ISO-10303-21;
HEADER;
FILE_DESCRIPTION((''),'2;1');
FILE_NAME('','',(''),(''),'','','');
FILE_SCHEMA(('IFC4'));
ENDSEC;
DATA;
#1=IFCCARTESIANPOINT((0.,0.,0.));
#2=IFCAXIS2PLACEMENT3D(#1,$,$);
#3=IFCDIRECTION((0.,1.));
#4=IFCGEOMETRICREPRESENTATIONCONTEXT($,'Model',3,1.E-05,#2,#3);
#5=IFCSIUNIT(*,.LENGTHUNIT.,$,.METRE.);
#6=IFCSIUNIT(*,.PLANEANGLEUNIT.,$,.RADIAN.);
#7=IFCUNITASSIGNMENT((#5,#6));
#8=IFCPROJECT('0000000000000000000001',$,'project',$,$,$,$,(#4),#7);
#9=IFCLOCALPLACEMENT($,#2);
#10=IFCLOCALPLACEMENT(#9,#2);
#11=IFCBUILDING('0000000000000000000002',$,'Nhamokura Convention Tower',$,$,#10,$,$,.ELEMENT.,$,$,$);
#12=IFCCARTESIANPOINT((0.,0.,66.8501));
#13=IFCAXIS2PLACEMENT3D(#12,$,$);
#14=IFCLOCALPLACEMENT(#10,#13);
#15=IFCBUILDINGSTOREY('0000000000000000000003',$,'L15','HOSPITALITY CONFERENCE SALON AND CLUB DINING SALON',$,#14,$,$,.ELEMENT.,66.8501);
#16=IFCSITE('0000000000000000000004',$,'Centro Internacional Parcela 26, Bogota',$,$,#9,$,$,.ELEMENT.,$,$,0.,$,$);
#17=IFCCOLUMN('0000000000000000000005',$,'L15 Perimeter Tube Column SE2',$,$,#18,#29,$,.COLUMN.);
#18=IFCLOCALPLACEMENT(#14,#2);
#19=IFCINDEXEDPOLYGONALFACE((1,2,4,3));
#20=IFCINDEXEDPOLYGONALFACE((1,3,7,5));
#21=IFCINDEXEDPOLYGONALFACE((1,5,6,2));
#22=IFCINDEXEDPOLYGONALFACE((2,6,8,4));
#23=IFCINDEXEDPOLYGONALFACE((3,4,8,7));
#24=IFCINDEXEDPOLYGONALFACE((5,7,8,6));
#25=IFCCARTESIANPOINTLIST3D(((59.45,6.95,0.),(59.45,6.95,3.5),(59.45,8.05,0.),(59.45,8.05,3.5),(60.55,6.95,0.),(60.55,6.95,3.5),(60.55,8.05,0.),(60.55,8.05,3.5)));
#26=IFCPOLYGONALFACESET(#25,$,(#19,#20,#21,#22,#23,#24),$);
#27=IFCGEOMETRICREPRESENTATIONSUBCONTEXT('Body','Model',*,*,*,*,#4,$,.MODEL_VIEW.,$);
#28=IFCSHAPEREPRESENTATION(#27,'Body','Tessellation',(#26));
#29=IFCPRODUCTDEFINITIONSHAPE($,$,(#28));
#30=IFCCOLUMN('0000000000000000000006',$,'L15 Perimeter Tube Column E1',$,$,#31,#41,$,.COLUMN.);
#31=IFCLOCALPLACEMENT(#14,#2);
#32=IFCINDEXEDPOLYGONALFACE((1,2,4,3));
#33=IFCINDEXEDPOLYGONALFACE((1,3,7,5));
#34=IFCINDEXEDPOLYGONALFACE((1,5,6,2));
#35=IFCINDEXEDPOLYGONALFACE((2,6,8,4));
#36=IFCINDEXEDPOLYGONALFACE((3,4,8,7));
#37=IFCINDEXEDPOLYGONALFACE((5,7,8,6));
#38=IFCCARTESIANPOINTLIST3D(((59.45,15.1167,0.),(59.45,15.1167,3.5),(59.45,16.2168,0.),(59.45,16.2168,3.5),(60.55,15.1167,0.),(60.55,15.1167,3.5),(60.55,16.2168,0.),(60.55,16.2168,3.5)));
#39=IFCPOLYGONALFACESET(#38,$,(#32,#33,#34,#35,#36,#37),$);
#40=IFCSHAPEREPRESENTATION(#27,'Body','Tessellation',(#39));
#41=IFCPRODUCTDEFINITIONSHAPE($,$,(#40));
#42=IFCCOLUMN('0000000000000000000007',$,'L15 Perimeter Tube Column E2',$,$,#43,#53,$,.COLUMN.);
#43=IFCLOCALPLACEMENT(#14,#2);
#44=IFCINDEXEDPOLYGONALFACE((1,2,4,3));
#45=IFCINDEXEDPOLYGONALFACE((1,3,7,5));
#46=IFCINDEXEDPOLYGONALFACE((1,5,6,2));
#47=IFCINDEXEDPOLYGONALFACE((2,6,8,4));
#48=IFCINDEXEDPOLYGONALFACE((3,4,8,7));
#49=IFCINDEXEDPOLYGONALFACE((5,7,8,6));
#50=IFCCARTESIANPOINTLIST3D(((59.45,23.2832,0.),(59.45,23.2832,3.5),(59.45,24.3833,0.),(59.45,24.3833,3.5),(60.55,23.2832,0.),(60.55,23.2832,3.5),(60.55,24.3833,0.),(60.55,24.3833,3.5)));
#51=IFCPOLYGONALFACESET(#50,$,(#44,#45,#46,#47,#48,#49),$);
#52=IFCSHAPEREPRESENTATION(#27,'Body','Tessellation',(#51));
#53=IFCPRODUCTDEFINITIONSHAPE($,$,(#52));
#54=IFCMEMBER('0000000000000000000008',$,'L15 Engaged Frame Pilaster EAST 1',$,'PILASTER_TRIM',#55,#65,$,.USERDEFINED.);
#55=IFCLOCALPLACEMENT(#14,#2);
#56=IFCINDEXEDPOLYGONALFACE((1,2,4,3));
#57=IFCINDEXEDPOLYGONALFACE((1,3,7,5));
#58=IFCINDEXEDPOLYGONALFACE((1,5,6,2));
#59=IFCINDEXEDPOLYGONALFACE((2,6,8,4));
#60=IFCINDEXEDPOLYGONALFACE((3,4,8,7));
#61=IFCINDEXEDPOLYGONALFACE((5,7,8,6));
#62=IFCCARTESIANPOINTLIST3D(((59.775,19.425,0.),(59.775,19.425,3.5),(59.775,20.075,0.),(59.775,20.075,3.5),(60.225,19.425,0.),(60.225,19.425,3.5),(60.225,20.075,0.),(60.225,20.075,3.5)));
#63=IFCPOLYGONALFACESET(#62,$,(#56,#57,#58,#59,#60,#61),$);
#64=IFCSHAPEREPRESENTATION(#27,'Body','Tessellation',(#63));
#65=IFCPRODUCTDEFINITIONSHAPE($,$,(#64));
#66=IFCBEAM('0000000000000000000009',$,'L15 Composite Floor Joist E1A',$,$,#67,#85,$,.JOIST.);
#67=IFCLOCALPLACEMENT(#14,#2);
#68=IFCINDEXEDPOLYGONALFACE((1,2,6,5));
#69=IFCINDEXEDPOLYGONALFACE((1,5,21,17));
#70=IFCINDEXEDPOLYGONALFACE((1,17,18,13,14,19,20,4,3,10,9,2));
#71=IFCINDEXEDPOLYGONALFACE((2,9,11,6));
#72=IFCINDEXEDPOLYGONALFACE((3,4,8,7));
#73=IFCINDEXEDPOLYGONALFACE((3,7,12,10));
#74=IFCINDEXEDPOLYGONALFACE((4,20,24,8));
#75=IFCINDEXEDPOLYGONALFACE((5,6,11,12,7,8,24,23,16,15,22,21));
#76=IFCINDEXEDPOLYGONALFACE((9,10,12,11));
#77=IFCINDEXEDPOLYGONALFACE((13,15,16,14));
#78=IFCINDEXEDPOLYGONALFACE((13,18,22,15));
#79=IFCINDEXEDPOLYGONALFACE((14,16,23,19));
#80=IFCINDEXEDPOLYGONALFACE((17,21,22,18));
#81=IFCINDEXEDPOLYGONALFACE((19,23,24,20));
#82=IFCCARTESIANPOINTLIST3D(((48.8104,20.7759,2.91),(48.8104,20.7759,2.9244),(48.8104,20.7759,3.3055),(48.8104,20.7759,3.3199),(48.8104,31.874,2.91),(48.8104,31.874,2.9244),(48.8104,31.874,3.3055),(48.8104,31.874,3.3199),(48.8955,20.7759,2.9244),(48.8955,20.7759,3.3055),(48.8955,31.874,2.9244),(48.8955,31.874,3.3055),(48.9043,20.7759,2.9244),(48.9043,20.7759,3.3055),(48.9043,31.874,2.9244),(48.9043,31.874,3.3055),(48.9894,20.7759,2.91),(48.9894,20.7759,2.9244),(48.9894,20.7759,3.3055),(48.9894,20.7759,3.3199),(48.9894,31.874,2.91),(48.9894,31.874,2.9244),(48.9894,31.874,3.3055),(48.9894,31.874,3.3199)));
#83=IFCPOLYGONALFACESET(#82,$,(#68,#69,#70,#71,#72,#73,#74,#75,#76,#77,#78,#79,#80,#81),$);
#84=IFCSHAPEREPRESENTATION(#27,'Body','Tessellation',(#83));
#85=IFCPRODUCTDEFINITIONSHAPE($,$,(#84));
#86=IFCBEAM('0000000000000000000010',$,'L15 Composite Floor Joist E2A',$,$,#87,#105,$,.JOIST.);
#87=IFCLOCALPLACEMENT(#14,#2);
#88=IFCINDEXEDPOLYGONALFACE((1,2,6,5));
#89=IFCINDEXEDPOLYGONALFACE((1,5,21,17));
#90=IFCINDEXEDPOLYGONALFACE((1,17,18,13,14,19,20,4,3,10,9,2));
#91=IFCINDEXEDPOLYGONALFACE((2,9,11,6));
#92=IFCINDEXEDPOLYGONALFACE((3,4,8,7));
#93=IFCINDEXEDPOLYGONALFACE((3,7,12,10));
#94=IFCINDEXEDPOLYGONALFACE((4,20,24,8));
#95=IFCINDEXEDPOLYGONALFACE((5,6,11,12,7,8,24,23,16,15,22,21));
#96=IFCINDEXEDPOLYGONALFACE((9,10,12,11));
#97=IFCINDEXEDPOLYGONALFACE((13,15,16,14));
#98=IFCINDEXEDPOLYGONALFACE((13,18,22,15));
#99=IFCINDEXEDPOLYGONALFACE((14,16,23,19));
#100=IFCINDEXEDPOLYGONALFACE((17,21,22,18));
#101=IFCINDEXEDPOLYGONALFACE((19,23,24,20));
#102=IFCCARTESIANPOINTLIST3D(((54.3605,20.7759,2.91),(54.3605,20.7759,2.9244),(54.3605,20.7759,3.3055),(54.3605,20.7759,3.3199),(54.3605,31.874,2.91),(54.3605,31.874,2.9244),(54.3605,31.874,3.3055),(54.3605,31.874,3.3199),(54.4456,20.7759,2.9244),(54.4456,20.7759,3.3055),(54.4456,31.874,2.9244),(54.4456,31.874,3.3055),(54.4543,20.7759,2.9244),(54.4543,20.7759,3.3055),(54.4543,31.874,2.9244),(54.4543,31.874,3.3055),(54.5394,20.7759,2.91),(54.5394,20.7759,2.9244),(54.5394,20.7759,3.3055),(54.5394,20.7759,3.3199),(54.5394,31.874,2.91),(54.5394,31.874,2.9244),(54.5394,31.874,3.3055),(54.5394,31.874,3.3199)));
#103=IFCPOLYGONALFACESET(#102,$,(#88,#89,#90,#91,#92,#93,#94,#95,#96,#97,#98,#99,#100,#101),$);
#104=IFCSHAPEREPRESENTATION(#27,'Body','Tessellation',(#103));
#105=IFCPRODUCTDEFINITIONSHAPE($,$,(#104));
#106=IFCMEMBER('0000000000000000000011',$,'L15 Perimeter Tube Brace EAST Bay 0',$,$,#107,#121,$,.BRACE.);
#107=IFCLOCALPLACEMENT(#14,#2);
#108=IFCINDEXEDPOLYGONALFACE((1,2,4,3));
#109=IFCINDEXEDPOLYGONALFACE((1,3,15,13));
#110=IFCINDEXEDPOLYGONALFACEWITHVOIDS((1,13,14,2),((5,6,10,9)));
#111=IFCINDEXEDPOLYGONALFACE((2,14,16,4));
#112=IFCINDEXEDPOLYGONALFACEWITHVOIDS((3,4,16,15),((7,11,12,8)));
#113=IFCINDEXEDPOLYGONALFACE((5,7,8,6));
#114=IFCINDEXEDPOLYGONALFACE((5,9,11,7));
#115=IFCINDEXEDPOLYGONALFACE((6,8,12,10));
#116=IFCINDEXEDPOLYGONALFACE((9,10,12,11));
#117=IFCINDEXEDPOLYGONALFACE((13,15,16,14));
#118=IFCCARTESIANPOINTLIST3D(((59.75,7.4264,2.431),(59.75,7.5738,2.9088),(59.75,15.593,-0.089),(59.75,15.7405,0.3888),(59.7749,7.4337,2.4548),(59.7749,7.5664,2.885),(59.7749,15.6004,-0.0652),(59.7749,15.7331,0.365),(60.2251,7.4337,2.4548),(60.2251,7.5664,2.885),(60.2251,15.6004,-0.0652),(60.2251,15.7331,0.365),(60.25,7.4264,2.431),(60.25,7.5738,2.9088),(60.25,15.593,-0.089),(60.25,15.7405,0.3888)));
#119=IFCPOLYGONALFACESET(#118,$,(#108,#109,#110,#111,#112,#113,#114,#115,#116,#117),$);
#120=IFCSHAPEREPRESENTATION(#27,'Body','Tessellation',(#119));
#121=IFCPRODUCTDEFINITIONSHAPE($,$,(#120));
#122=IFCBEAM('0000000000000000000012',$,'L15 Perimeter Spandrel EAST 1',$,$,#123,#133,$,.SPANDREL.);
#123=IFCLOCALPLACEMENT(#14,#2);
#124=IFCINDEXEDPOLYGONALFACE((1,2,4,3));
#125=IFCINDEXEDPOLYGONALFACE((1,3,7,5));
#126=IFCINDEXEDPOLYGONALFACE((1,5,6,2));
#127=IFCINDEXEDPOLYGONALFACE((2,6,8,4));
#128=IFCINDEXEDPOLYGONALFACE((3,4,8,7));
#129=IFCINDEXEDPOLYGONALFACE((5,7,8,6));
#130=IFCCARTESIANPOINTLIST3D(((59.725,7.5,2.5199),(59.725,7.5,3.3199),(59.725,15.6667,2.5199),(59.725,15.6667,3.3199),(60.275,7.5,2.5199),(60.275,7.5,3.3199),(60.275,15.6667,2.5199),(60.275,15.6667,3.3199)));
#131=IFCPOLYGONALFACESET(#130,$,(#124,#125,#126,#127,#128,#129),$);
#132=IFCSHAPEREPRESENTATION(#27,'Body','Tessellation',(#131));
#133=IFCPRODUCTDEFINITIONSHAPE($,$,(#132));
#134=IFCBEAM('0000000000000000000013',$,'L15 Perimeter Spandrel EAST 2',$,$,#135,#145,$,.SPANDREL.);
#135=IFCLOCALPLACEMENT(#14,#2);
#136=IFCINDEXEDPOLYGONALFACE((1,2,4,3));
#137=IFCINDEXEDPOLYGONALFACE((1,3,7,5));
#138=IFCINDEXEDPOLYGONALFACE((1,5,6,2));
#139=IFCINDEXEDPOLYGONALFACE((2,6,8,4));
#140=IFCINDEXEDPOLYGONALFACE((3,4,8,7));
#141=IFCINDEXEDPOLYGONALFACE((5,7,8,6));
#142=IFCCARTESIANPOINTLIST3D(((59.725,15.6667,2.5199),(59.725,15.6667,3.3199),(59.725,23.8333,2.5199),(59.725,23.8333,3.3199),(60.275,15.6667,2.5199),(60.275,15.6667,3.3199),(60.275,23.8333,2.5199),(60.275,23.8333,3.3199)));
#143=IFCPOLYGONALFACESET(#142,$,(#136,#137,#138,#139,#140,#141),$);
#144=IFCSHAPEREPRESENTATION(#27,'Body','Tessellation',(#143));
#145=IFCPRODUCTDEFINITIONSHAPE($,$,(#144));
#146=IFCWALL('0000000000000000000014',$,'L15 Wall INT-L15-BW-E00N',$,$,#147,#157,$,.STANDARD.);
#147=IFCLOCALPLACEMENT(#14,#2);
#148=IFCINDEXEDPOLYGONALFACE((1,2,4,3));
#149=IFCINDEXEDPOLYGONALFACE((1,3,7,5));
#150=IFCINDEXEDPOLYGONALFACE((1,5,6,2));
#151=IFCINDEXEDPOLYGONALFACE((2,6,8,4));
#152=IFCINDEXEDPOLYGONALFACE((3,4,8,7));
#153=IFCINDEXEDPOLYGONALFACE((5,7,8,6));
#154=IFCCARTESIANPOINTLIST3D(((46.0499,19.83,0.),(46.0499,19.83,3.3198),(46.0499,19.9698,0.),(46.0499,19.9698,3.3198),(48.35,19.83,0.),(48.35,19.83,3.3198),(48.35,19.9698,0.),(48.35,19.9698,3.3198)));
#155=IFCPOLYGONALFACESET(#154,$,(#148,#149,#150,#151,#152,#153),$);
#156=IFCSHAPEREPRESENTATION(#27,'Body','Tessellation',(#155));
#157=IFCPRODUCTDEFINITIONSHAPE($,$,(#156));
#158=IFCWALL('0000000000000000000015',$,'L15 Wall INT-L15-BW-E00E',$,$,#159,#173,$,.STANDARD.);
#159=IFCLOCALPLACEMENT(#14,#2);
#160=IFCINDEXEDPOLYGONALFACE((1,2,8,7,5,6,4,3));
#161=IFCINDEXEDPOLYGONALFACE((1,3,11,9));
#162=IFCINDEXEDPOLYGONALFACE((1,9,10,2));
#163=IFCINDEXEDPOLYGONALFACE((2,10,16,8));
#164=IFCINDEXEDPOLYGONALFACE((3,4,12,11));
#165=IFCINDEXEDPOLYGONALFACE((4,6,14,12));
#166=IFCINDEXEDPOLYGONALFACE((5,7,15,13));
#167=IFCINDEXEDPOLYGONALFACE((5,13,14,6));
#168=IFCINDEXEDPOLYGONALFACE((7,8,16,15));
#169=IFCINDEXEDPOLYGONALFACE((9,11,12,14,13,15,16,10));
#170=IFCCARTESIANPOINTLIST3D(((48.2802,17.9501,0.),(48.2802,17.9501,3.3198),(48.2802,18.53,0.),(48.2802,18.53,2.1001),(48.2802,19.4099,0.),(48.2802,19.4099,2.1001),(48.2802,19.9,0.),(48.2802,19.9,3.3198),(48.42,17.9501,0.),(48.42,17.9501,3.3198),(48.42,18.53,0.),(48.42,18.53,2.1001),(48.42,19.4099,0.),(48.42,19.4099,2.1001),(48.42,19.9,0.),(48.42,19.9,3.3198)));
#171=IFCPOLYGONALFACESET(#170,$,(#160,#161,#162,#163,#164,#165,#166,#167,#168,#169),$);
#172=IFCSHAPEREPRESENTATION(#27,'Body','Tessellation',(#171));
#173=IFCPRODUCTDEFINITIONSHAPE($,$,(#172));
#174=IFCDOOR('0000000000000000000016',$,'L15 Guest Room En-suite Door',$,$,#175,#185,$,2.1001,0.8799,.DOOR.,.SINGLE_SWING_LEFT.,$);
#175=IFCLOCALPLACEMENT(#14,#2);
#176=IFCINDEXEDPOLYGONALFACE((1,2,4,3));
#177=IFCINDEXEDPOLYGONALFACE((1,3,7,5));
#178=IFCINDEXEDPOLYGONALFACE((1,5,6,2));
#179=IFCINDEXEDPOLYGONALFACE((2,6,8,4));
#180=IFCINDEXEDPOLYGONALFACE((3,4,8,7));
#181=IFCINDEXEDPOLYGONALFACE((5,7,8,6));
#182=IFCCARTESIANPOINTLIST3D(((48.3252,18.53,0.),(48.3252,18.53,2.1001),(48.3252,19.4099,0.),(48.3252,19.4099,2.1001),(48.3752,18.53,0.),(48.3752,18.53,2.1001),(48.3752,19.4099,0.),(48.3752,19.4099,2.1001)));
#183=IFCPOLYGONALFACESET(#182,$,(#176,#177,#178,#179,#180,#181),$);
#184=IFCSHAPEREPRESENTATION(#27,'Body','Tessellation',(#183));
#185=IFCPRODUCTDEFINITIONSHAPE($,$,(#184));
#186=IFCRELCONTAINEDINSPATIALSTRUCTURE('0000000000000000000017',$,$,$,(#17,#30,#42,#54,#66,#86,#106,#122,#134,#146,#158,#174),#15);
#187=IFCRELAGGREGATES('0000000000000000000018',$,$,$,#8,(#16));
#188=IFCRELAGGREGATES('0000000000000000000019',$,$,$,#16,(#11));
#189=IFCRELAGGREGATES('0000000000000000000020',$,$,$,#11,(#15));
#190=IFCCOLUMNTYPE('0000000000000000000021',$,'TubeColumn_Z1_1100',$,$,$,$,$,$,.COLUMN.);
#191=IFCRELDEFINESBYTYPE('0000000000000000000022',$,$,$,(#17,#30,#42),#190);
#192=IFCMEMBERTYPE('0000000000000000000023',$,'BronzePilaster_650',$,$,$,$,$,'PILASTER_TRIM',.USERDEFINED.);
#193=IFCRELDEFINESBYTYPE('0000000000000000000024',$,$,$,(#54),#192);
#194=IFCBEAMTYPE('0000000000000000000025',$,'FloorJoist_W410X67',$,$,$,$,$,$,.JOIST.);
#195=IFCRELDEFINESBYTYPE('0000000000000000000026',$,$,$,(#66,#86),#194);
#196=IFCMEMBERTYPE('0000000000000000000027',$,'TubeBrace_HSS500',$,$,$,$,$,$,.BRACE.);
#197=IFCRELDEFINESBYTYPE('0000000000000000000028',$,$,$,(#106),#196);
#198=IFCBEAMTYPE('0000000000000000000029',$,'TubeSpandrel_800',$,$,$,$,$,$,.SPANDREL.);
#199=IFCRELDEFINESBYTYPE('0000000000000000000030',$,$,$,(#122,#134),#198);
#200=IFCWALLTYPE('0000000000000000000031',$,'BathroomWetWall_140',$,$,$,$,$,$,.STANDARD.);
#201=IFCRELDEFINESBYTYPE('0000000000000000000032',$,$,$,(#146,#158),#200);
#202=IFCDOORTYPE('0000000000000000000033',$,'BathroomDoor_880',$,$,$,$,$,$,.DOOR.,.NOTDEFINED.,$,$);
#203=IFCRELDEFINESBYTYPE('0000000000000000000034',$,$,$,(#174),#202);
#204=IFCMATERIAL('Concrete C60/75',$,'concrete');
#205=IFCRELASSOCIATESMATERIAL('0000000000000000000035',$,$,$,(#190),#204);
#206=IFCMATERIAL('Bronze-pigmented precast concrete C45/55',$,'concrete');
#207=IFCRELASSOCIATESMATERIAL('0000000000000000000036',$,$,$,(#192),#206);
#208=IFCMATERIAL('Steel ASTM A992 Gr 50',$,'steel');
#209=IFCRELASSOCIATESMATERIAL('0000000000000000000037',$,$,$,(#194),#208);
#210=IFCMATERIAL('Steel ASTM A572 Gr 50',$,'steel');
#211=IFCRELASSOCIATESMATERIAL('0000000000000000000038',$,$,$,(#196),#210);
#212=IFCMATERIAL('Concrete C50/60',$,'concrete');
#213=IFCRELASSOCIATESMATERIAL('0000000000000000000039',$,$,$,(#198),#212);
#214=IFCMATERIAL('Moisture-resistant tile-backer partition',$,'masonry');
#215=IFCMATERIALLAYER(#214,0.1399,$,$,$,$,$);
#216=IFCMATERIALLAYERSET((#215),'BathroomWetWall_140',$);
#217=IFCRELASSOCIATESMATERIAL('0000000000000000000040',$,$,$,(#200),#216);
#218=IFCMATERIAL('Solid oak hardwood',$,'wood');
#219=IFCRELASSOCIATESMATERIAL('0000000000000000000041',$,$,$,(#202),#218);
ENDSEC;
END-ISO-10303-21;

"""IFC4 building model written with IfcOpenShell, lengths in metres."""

from ifc_helpers import new_model, si_unit, direction, frame, frame_2d, origin, origin_2d, place, context, subcontext, project, spatial, rectangle, hollow_rectangle, i_section, extrude, material, layer, layer_set, material_profile, profile_set, type_object, element, fill, save


model = new_model("IFC4")

# Units and contexts
model_context = context("Model", 3, precision=1e-05, world=origin(), true_north=direction((0.0, 1.0)))
body_context = subcontext(model_context, "Body", "Model", "MODEL_VIEW")
ifc_project = project(units=[si_unit("LENGTHUNIT", "METRE"), si_unit("PLANEANGLEUNIT", "RADIAN")], contexts=[model_context])

# Site, building, storey
site_placement = place(None, origin())
site = spatial("IfcSite", under=ifc_project, at=site_placement, Name="Centro Internacional Parcela 26, Bogota", CompositionType="ELEMENT", RefElevation=0.0)
building_placement = place(site_placement, origin())
building = spatial("IfcBuilding", under=site, at=building_placement, Name="Nhamokura Convention Tower", CompositionType="ELEMENT")
storey_placement = place(building_placement, frame((0.0, 0.0, 66.8501)))
storey = spatial("IfcBuildingStorey", under=building, at=storey_placement, Name="L15", Description="HOSPITALITY CONFERENCE SALON AND CLUB DINING SALON", CompositionType="ELEMENT", Elevation=66.8501)

# Columns
ifc_material_1 = material(Name="Concrete C60/75", Category="concrete")
ifc_material_profile_1 = material_profile(ifc_material_1, rectangle(XDim=1.1001, YDim=1.1001, at=origin_2d()))
ifc_profile_set_1 = profile_set([ifc_material_profile_1], Name="Concrete C60/75")
column_type = type_object("IfcColumnType", Name="TubeColumn_Z1_1100", PredefinedType="COLUMN", material=ifc_profile_set_1)
for number, where, z_axis, x_axis, name in (
    (1, (60.0, 7.5, 0.0), (0.0, 0.0, 1.0), (1.0, 0.0, 0.0), "L15 Perimeter Tube Column SE2"),
    (2, (60.0, 15.6667, 0.0), (0.0, 0.0, 1.0), (1.0, 0.0, 0.0), "L15 Perimeter Tube Column E1"),
    (3, (60.0, 23.8333, 0.0), (0.0, 0.0, 1.0), (1.0, 0.0, 0.0), "L15 Perimeter Tube Column E2"),
):
    element("IfcColumn", number, at=place(storey_placement, frame(where, z_axis=z_axis, x_axis=x_axis)), inside=storey, type_object=column_type, Name=name, PredefinedType="COLUMN", context=body_context, shape_type="SweptSolid", body=[
        extrude(rectangle(XDim=1.1001, YDim=1.1001, at=origin_2d()), origin(), (0.0, 0.0, 1.0), 3.5),
    ])

# Member
ifc_material_2 = material(Name="Bronze-pigmented precast concrete C45/55", Category="concrete")
ifc_material_profile_2 = material_profile(ifc_material_2, rectangle(XDim=0.45, YDim=0.6499, at=origin_2d()))
ifc_profile_set_2 = profile_set([ifc_material_profile_2], Name="Bronze-pigmented precast concrete C45/55")
member_type_1 = type_object("IfcMemberType", Name="BronzePilaster_650", ElementType="PILASTER_TRIM", PredefinedType="USERDEFINED", material=ifc_profile_set_2)
member_1_placement = place(storey_placement, frame((60.0, 19.75, 0.0), z_axis=(0.0, 0.0, 1.0), x_axis=(1.0, 0.0, 0.0)))
element("IfcMember", 4, at=member_1_placement, inside=storey, type_object=member_type_1, Name="L15 Engaged Frame Pilaster EAST 1", ObjectType="PILASTER_TRIM", PredefinedType="USERDEFINED", context=body_context, shape_type="SweptSolid", body=[
    extrude(rectangle(XDim=0.45, YDim=0.6499, at=origin_2d()), origin(), (0.0, 0.0, 1.0), 3.5),
])

# Beams
ifc_material_3 = material(Name="Steel ASTM A992 Gr 50", Category="steel")
ifc_material_profile_3 = material_profile(ifc_material_3, i_section(OverallWidth=0.179, OverallDepth=0.4099, WebThickness=0.0088, FlangeThickness=0.0144, at=origin_2d()))
ifc_profile_set_3 = profile_set([ifc_material_profile_3], Name="Steel ASTM A992 Gr 50")
beam_type_1 = type_object("IfcBeamType", Name="FloorJoist_W410X67", PredefinedType="JOIST", material=ifc_profile_set_3)
for number, where, z_axis, x_axis, name in (
    (5, (48.8999, 20.7759, 3.115), (0.0, 1.0, 0.0), (-1.0, 0.0, 0.0), "L15 Composite Floor Joist E1A"),
    (6, (54.45, 20.7759, 3.115), (0.0, 1.0, 0.0), (-1.0, 0.0, 0.0), "L15 Composite Floor Joist E2A"),
):
    element("IfcBeam", number, at=place(storey_placement, frame(where, z_axis=z_axis, x_axis=x_axis)), inside=storey, type_object=beam_type_1, Name=name, PredefinedType="JOIST", context=body_context, shape_type="SweptSolid", body=[
        extrude(i_section(OverallWidth=0.179, OverallDepth=0.4099, WebThickness=0.0088, FlangeThickness=0.0144, at=origin_2d()), origin(), (0.0, 0.0, 1.0), 11.0981),
    ])

# Member
ifc_material_4 = material(Name="Steel ASTM A572 Gr 50", Category="steel")
ifc_material_profile_4 = material_profile(ifc_material_4, hollow_rectangle(XDim=0.5, YDim=0.5, WallThickness=0.0249, at=origin_2d()))
ifc_profile_set_4 = profile_set([ifc_material_profile_4], Name="Steel ASTM A572 Gr 50")
member_type_2 = type_object("IfcMemberType", Name="TubeBrace_HSS500", PredefinedType="BRACE", material=ifc_profile_set_4)
member_2_placement = place(storey_placement, frame((60.0, 15.6667, 0.1499), z_axis=(0.0, -0.955543, 0.294853), x_axis=(1.0, 0.0, 0.0)))
element("IfcMember", 7, at=member_2_placement, inside=storey, type_object=member_type_2, Name="L15 Perimeter Tube Brace EAST Bay 0", PredefinedType="BRACE", context=body_context, shape_type="SweptSolid", body=[
    extrude(hollow_rectangle(XDim=0.5, YDim=0.5, WallThickness=0.0249, at=origin_2d()), origin(), (0.0, 0.0, 1.0), 8.5466),
])

# Beams
ifc_material_5 = material(Name="Concrete C50/60", Category="concrete")
ifc_material_profile_5 = material_profile(ifc_material_5, rectangle(XDim=0.55, YDim=0.8, at=origin_2d()))
ifc_profile_set_5 = profile_set([ifc_material_profile_5], Name="Concrete C50/60")
beam_type_2 = type_object("IfcBeamType", Name="TubeSpandrel_800", PredefinedType="SPANDREL", material=ifc_profile_set_5)
beam_1_placement = place(storey_placement, frame((60.0, 7.5, 2.9199), z_axis=(0.0, 1.0, 0.0), x_axis=(-1.0, 0.0, 0.0)))
element("IfcBeam", 8, at=beam_1_placement, inside=storey, type_object=beam_type_2, Name="L15 Perimeter Spandrel EAST 1", PredefinedType="SPANDREL", context=body_context, shape_type="SweptSolid", body=[
    extrude(rectangle(XDim=0.55, YDim=0.8, at=origin_2d()), origin(), (0.0, 0.0, 1.0), 8.1667),
])
beam_2_placement = place(storey_placement, frame((60.0, 15.6667, 2.9199), z_axis=(0.0, 1.0, 0.0), x_axis=(-1.0, 0.0, 0.0)))
element("IfcBeam", 9, at=beam_2_placement, inside=storey, type_object=beam_type_2, Name="L15 Perimeter Spandrel EAST 2", PredefinedType="SPANDREL", context=body_context, shape_type="SweptSolid", body=[
    extrude(rectangle(XDim=0.55, YDim=0.8, at=origin_2d()), origin(), (0.0, 0.0, 1.0), 8.1665),
])

# Wall
ifc_material_6 = material(Name="Moisture-resistant tile-backer partition", Category="masonry")
ifc_layer_1 = layer(ifc_material_6, 0.1399)
ifc_layer_set_1 = layer_set([ifc_layer_1], Name="BathroomWetWall_140")
wall_type_1 = type_object("IfcWallType", Name="BathroomWetWall_140", PredefinedType="STANDARD", material=ifc_layer_set_1)
wall_1_placement = place(storey_placement, frame((46.05, 19.8999, 0.0), z_axis=(0.0, 0.0, 1.0), x_axis=(1.0, 0.0, 0.0)))
element("IfcWall", 10, at=wall_1_placement, inside=storey, type_object=wall_type_1, Name="L15 Wall INT-L15-BW-E00N", PredefinedType="STANDARD", context=body_context, shape_type="SweptSolid", body=[
    extrude(rectangle(XDim=2.3, YDim=0.1399, at=frame_2d((1.1499, 0.0))), origin(), (0.0, 0.0, 1.0), 3.3198),
])

# Wall, opening, door
wall_2_placement = place(storey_placement, frame((48.3501, 17.95, 0.0), z_axis=(0.0, 0.0, 1.0), x_axis=(0.0, 1.0, 0.0)))
wall_2 = element("IfcWall", 11, at=wall_2_placement, inside=storey, type_object=wall_type_1, Name="L15 Wall INT-L15-BW-E00E", PredefinedType="STANDARD", context=body_context, shape_type="SweptSolid", body=[
    extrude(rectangle(XDim=1.95, YDim=0.1399, at=frame_2d((0.9751, 0.0))), origin(), (0.0, 0.0, 1.0), 3.3198),
])
opening_1_placement = place(wall_2_placement, frame((0.5801, 0.0, 0.0)))
opening_1 = element("IfcOpeningElement", 12, at=opening_1_placement, cuts=wall_2, PredefinedType="OPENING", context=body_context, shape_type="SweptSolid", body=[
    extrude(rectangle(XDim=0.8799, YDim=2.1001, at=frame_2d((0.4399, 1.05))), frame((0.0, 0.0798, 0.0), z_axis=(0.0, -1.0, 0.0), x_axis=(1.0, 0.0, 0.0)), (0.0, 0.0, 1.0), 0.1599),
])
ifc_material_7 = material(Name="Solid oak hardwood", Category="wood")
door_type_1 = type_object("IfcDoorType", Name="BathroomDoor_880", OperationType="NOTDEFINED", PredefinedType="DOOR", material=ifc_material_7)
door_1_placement = place(opening_1_placement, origin())
door_1 = element("IfcDoor", 13, at=door_1_placement, inside=storey, type_object=door_type_1, Name="L15 Guest Room En-suite Door", OperationType="SINGLE_SWING_LEFT", OverallHeight=2.1001, OverallWidth=0.8799, PredefinedType="DOOR", context=body_context, shape_type="SweptSolid", body=[
    extrude(rectangle(XDim=0.8799, YDim=2.1001, at=frame_2d((0.4399, 1.05))), frame((0.0, 0.0249, 0.0), z_axis=(0.0, -1.0, 0.0), x_axis=(1.0, 0.0, 0.0)), (0.0, 0.0, 1.0), 0.05),
])
fill(opening_1, door_1)

save(model, "model.ifc")
